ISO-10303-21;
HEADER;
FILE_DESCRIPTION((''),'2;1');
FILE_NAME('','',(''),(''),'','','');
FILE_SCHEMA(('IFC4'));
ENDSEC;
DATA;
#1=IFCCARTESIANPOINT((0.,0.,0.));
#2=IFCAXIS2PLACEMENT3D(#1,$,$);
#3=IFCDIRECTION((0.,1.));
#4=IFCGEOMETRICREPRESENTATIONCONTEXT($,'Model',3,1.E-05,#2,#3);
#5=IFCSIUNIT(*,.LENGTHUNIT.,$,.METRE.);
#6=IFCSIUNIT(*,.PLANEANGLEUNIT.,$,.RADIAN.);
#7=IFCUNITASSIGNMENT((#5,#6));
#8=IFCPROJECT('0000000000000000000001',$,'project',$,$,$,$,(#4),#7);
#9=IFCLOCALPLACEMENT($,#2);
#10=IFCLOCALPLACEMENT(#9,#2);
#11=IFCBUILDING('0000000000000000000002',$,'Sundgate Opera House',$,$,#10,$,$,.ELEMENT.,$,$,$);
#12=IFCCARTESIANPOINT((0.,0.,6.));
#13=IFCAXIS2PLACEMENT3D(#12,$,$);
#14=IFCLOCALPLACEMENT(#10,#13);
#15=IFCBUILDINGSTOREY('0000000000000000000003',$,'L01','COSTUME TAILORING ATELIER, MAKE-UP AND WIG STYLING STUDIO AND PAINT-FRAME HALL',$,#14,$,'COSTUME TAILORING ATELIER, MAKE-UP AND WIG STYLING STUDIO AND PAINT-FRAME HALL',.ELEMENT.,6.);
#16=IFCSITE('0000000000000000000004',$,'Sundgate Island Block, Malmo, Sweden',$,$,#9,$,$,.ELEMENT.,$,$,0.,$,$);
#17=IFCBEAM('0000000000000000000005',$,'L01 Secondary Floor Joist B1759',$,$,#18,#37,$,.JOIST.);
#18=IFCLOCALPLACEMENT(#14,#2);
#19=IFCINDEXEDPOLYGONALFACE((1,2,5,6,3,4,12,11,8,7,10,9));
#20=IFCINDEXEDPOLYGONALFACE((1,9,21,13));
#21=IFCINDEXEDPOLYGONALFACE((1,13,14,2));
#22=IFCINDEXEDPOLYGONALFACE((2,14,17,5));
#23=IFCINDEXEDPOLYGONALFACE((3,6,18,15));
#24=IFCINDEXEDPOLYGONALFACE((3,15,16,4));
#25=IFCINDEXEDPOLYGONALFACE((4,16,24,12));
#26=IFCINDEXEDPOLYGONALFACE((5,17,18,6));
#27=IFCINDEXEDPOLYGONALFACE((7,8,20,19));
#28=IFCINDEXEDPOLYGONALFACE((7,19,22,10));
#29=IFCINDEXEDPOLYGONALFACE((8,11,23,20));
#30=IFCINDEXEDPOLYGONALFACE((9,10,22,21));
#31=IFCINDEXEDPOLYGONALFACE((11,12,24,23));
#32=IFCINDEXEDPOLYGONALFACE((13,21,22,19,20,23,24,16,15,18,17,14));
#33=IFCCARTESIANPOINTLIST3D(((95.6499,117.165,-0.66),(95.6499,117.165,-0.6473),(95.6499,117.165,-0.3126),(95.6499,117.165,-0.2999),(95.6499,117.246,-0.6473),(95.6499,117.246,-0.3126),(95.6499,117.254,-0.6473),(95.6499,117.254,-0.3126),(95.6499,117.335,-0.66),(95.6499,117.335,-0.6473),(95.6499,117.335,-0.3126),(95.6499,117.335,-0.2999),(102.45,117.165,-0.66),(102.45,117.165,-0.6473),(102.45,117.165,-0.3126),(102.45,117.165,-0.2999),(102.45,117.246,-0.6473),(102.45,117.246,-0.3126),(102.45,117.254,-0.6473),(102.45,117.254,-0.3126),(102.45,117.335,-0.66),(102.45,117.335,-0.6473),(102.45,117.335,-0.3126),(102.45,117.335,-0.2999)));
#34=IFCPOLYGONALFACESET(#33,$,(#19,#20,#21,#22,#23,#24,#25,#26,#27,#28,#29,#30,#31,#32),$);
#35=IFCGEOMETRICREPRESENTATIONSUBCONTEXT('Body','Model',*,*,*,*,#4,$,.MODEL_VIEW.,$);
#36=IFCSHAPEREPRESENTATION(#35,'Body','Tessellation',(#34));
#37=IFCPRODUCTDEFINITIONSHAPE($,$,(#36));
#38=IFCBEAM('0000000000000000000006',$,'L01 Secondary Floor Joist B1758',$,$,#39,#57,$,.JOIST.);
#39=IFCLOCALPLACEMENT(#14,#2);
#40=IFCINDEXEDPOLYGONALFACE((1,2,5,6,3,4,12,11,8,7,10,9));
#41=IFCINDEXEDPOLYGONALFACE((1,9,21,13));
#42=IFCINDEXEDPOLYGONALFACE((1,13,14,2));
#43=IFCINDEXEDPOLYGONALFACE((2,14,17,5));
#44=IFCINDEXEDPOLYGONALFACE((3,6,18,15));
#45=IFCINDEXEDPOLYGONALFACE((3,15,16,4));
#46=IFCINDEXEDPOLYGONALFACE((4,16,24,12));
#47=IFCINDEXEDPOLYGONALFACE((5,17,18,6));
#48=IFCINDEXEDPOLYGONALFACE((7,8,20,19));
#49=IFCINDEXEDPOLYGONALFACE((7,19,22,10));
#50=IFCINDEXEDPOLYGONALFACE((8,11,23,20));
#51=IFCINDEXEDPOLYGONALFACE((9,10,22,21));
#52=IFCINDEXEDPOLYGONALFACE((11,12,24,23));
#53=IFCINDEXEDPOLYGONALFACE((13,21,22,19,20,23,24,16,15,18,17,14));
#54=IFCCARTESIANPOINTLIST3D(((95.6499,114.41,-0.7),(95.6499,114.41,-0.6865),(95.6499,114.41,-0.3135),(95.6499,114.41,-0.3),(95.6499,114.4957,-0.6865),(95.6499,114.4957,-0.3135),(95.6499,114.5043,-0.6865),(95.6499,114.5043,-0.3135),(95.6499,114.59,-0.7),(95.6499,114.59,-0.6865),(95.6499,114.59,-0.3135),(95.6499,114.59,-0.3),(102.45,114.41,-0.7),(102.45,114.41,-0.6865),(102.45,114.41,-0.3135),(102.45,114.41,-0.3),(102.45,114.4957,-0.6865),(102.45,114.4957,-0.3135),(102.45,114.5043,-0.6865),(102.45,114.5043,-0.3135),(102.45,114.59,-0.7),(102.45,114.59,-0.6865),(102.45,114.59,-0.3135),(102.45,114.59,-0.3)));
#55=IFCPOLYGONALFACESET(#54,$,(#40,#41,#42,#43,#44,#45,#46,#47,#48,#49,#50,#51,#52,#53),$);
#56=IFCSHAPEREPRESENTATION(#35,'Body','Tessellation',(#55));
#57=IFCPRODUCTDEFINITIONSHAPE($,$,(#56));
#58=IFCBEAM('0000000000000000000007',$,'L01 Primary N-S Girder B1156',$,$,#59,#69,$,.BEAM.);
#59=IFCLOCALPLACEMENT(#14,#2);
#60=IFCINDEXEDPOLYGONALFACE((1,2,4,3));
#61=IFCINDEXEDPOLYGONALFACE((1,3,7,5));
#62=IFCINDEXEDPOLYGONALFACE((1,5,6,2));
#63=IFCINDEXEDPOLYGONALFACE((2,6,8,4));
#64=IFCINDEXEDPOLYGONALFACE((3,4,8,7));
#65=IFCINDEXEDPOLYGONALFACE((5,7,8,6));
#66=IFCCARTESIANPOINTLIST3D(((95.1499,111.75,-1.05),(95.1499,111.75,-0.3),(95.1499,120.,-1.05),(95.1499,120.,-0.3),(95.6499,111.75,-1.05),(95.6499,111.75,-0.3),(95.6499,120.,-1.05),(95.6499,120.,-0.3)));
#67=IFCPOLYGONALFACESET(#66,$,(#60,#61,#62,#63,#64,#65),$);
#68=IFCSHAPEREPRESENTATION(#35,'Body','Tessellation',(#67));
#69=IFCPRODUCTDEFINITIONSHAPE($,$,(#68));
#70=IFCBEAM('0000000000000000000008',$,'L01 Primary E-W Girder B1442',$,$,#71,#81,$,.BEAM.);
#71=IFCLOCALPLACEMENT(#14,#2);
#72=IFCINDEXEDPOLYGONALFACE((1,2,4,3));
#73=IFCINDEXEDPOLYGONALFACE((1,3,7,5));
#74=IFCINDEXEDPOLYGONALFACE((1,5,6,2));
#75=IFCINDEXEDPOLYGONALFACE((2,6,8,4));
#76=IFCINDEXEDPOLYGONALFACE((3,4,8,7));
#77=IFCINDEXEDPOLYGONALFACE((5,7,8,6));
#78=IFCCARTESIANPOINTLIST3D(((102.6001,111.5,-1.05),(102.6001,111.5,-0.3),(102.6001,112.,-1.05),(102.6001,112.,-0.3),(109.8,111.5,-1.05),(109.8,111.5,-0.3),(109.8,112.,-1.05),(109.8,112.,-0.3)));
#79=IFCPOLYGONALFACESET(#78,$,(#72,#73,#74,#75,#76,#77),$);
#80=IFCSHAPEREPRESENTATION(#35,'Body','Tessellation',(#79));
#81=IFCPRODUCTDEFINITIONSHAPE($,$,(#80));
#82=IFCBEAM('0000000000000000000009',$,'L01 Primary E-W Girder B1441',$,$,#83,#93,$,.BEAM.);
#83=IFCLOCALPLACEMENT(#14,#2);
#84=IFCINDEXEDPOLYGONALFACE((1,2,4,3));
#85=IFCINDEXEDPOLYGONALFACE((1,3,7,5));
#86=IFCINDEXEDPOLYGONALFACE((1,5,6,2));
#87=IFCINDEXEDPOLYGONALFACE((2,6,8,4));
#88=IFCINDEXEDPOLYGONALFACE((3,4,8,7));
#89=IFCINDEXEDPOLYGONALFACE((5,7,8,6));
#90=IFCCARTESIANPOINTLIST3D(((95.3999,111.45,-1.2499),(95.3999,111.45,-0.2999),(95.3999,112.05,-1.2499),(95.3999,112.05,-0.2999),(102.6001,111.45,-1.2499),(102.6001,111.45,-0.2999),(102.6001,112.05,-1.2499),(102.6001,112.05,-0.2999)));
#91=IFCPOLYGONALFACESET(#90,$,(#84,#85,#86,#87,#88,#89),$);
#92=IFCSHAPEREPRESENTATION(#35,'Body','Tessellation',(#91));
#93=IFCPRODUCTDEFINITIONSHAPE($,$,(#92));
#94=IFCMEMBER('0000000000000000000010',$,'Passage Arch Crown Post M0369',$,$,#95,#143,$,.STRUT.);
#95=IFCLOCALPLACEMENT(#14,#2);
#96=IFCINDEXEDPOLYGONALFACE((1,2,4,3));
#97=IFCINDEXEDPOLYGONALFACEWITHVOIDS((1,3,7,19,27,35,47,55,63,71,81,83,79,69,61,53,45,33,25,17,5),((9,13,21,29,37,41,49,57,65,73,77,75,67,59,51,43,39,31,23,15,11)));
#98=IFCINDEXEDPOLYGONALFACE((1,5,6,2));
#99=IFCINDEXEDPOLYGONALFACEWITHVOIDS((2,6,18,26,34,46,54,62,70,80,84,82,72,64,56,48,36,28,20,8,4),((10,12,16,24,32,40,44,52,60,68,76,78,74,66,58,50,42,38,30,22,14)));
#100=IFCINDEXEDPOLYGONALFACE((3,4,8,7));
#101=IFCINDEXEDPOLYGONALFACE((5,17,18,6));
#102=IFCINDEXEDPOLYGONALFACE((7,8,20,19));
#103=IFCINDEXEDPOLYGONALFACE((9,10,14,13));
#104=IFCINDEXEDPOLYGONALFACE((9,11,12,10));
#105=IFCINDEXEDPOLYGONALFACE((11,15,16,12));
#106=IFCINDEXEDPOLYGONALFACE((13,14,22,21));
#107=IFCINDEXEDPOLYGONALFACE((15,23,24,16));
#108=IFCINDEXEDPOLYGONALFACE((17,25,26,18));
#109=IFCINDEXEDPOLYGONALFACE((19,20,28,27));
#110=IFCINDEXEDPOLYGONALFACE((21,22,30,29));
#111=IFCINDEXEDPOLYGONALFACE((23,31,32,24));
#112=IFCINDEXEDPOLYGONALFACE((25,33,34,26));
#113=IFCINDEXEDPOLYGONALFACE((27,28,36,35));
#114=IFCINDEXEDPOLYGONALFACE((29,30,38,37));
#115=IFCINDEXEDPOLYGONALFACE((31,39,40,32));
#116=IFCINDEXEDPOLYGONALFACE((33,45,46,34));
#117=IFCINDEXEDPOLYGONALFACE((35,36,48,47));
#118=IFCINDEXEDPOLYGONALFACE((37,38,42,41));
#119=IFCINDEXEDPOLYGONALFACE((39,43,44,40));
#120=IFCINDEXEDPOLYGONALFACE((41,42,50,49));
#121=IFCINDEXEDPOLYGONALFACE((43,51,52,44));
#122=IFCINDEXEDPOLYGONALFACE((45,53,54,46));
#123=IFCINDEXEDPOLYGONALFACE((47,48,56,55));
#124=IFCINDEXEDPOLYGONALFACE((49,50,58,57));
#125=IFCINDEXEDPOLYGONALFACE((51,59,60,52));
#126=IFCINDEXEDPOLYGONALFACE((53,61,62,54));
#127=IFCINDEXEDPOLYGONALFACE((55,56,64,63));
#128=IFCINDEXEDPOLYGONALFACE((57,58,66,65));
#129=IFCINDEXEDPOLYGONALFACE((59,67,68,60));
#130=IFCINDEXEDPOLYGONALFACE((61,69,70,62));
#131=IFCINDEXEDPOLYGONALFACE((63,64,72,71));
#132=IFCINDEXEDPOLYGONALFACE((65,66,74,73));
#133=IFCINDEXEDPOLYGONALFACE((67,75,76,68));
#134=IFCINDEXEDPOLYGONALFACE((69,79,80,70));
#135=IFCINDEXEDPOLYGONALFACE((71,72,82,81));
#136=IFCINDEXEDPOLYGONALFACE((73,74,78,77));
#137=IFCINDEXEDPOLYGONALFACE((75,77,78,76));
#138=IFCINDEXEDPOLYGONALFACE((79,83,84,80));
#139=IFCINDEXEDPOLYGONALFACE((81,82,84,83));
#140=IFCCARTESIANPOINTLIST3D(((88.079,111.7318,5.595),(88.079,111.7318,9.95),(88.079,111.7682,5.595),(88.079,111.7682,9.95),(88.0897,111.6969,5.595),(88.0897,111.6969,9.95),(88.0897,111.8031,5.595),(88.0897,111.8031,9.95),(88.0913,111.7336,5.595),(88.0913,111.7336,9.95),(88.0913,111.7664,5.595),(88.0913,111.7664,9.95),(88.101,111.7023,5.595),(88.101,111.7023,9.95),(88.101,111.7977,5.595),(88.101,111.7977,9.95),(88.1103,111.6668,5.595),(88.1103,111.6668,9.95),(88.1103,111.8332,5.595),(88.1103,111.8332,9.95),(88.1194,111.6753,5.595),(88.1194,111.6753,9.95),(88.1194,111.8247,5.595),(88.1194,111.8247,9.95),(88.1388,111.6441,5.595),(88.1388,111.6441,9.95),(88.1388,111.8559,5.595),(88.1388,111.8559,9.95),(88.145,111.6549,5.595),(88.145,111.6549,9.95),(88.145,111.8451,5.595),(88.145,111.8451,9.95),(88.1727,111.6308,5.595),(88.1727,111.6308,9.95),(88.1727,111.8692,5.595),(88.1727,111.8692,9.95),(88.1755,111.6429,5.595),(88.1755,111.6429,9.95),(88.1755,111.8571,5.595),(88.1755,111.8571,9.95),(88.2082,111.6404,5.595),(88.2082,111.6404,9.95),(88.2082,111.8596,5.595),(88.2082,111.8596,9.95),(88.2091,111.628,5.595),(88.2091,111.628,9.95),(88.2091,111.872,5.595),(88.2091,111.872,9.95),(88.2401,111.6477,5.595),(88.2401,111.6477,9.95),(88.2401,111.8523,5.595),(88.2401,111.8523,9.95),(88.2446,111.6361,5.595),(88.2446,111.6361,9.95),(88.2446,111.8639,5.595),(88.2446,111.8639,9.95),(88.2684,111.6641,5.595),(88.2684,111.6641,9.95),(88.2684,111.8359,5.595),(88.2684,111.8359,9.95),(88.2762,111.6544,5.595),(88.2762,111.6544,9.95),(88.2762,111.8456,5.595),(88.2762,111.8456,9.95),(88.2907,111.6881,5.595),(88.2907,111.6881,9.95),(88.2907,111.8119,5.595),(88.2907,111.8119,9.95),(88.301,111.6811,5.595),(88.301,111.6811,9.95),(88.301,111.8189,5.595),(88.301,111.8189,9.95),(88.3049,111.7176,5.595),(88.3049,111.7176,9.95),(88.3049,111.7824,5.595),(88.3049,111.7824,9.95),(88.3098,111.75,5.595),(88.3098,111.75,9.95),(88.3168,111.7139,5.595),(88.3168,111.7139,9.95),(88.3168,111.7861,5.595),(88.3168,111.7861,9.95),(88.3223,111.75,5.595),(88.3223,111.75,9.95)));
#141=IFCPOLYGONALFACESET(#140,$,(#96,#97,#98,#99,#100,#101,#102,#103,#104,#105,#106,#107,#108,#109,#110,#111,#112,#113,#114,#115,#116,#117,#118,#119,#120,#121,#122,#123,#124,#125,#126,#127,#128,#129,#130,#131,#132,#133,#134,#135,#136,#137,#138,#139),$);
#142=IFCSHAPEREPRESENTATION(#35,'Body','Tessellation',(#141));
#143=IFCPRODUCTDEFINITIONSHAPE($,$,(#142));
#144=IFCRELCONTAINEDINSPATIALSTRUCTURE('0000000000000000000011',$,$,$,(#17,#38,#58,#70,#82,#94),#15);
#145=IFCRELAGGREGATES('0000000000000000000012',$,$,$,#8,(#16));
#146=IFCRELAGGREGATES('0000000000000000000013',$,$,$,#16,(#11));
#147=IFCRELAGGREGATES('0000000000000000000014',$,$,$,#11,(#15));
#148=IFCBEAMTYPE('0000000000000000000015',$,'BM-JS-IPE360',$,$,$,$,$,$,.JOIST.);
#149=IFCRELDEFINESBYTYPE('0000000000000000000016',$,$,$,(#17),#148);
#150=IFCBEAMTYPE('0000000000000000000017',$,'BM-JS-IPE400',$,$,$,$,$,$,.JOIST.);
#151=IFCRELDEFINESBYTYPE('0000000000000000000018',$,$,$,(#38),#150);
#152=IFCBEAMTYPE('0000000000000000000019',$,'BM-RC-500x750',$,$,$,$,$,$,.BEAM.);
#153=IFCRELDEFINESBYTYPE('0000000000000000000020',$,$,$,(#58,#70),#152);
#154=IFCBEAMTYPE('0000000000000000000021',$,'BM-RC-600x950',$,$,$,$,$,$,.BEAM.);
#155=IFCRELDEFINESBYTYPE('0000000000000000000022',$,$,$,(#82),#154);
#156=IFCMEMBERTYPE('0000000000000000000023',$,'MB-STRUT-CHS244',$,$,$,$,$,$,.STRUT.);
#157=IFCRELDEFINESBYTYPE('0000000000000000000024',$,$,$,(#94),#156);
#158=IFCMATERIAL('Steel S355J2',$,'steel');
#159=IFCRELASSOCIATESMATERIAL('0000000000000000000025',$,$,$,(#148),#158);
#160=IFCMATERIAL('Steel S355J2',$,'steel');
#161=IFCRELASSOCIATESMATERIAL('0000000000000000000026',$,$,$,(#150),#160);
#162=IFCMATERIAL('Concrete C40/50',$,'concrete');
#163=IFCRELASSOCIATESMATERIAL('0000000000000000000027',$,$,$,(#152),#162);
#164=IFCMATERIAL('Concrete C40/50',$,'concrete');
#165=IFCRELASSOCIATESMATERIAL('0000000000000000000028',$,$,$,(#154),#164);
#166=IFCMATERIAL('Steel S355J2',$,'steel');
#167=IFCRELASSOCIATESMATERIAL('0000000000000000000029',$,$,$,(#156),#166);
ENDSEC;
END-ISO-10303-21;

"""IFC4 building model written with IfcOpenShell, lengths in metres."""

from ifc_helpers import new_model, si_unit, direction, frame, origin, origin_2d, place, context, subcontext, project, spatial, rectangle, hollow_circle, i_section, extrude, material, material_profile, profile_set, type_object, element, save


model = new_model("IFC4")

# Units and contexts
model_context = context("Model", 3, precision=1e-05, world=origin(), true_north=direction((0.0, 1.0)))
body_context = subcontext(model_context, "Body", "Model", "MODEL_VIEW")
ifc_project = project(units=[si_unit("LENGTHUNIT", "METRE"), si_unit("PLANEANGLEUNIT", "RADIAN")], contexts=[model_context])

# Site, building, storey
site_placement = place(None, origin())
site = spatial("IfcSite", under=ifc_project, at=site_placement, Name="Sundgate Island Block, Malmo, Sweden", CompositionType="ELEMENT", RefElevation=0.0)
building_placement = place(site_placement, origin())
building = spatial("IfcBuilding", under=site, at=building_placement, Name="Sundgate Opera House", CompositionType="ELEMENT")
storey_placement = place(building_placement, frame((0.0, 0.0, 6.0)))
storey = spatial("IfcBuildingStorey", under=building, at=storey_placement, Name="L01", Description="COSTUME TAILORING ATELIER, MAKE-UP AND WIG STYLING STUDIO AND PAINT-FRAME HALL", LongName="COSTUME TAILORING ATELIER, MAKE-UP AND WIG STYLING STUDIO AND PAINT-FRAME HALL", CompositionType="ELEMENT", Elevation=6.0)

# Beams
ifc_material_1 = material(Name="Steel S355J2", Category="steel")
ifc_material_profile_1 = material_profile(ifc_material_1, i_section(OverallWidth=0.1699, OverallDepth=0.3601, WebThickness=0.0081, FlangeThickness=0.0127, at=origin_2d()), Name="IPE 360")
ifc_profile_set_1 = profile_set([ifc_material_profile_1], Name="Steel S355J2")
beam_type_1 = type_object("IfcBeamType", Name="BM-JS-IPE360", PredefinedType="JOIST", material=ifc_profile_set_1)
beam_1_placement = place(storey_placement, frame((95.6499, 117.25, -0.48), z_axis=(1.0, 0.0, 0.0), x_axis=(0.0, 1.0, 0.0)))
element("IfcBeam", 1, at=beam_1_placement, inside=storey, type_object=beam_type_1, Name="L01 Secondary Floor Joist B1759", PredefinedType="JOIST", context=body_context, shape_type="SweptSolid", body=[
    extrude(i_section(OverallWidth=0.1699, OverallDepth=0.3601, WebThickness=0.0081, FlangeThickness=0.0127, at=origin_2d()), origin(), (0.0, 0.0, 1.0), 6.8),
])
ifc_material_2 = material(Name="Steel S355J2", Category="steel")
ifc_material_profile_2 = material_profile(ifc_material_2, i_section(OverallWidth=0.1799, OverallDepth=0.3999, WebThickness=0.0085, FlangeThickness=0.0134, at=origin_2d()), Name="IPE 400")
ifc_profile_set_2 = profile_set([ifc_material_profile_2], Name="Steel S355J2")
beam_type_2 = type_object("IfcBeamType", Name="BM-JS-IPE400", PredefinedType="JOIST", material=ifc_profile_set_2)
beam_2_placement = place(storey_placement, frame((95.6499, 114.5, -0.5), z_axis=(1.0, 0.0, 0.0), x_axis=(0.0, 1.0, 0.0)))
element("IfcBeam", 2, at=beam_2_placement, inside=storey, type_object=beam_type_2, Name="L01 Secondary Floor Joist B1758", PredefinedType="JOIST", context=body_context, shape_type="SweptSolid", body=[
    extrude(i_section(OverallWidth=0.1799, OverallDepth=0.3999, WebThickness=0.0085, FlangeThickness=0.0134, at=origin_2d()), origin(), (0.0, 0.0, 1.0), 6.8),
])
ifc_material_3 = material(Name="Concrete C40/50", Category="concrete")
ifc_material_profile_3 = material_profile(ifc_material_3, rectangle(XDim=0.5, YDim=0.75, at=origin_2d()), Name="RC 500x750")
ifc_profile_set_3 = profile_set([ifc_material_profile_3], Name="Concrete C40/50")
beam_type_3 = type_object("IfcBeamType", Name="BM-RC-500x750", PredefinedType="BEAM", material=ifc_profile_set_3)
beam_3_placement = place(storey_placement, frame((95.3999, 111.75, -0.675), z_axis=(0.0, 1.0, 0.0), x_axis=(-1.0, 0.0, 0.0)))
element("IfcBeam", 3, at=beam_3_placement, inside=storey, type_object=beam_type_3, Name="L01 Primary N-S Girder B1156", PredefinedType="BEAM", context=body_context, shape_type="SweptSolid", body=[
    extrude(rectangle(XDim=0.5, YDim=0.75, at=origin_2d()), origin(), (0.0, 0.0, 1.0), 8.25),
])
beam_4_placement = place(storey_placement, frame((102.6001, 111.75, -0.675), z_axis=(1.0, 0.0, 0.0), x_axis=(0.0, 1.0, 0.0)))
element("IfcBeam", 4, at=beam_4_placement, inside=storey, type_object=beam_type_3, Name="L01 Primary E-W Girder B1442", PredefinedType="BEAM", context=body_context, shape_type="SweptSolid", body=[
    extrude(rectangle(XDim=0.5, YDim=0.75, at=origin_2d()), origin(), (0.0, 0.0, 1.0), 7.2),
])
ifc_material_4 = material(Name="Concrete C40/50", Category="concrete")
ifc_material_profile_4 = material_profile(ifc_material_4, rectangle(XDim=0.6001, YDim=0.95, at=origin_2d()), Name="RC 600x950")
ifc_profile_set_4 = profile_set([ifc_material_profile_4], Name="Concrete C40/50")
beam_type_4 = type_object("IfcBeamType", Name="BM-RC-600x950", PredefinedType="BEAM", material=ifc_profile_set_4)
beam_5_placement = place(storey_placement, frame((95.3999, 111.75, -0.7749), z_axis=(1.0, 0.0, 0.0), x_axis=(0.0, 1.0, 0.0)))
element("IfcBeam", 5, at=beam_5_placement, inside=storey, type_object=beam_type_4, Name="L01 Primary E-W Girder B1441", PredefinedType="BEAM", context=body_context, shape_type="SweptSolid", body=[
    extrude(rectangle(XDim=0.6001, YDim=0.95, at=origin_2d()), origin(), (0.0, 0.0, 1.0), 7.2002),
])

# Member
ifc_material_5 = material(Name="Steel S355J2", Category="steel")
ifc_material_profile_5 = material_profile(ifc_material_5, hollow_circle(Radius=0.1223, WallThickness=0.0125, at=origin_2d()), Name="CHS 244.5x12.5")
ifc_profile_set_5 = profile_set([ifc_material_profile_5], Name="Steel S355J2")
member_type = type_object("IfcMemberType", Name="MB-STRUT-CHS244", PredefinedType="STRUT", material=ifc_profile_set_5)
member_1_placement = place(storey_placement, frame((88.2, 111.75, 5.595), z_axis=(0.0, 0.0, 1.0), x_axis=(1.0, 0.0, 0.0)))
element("IfcMember", 6, at=member_1_placement, inside=storey, type_object=member_type, Name="Passage Arch Crown Post M0369", PredefinedType="STRUT", context=body_context, shape_type="SweptSolid", body=[
    extrude(hollow_circle(Radius=0.1223, WallThickness=0.0125, at=origin_2d()), origin(), (0.0, 0.0, 1.0), 4.355),
])

save(model, "model.ifc")
